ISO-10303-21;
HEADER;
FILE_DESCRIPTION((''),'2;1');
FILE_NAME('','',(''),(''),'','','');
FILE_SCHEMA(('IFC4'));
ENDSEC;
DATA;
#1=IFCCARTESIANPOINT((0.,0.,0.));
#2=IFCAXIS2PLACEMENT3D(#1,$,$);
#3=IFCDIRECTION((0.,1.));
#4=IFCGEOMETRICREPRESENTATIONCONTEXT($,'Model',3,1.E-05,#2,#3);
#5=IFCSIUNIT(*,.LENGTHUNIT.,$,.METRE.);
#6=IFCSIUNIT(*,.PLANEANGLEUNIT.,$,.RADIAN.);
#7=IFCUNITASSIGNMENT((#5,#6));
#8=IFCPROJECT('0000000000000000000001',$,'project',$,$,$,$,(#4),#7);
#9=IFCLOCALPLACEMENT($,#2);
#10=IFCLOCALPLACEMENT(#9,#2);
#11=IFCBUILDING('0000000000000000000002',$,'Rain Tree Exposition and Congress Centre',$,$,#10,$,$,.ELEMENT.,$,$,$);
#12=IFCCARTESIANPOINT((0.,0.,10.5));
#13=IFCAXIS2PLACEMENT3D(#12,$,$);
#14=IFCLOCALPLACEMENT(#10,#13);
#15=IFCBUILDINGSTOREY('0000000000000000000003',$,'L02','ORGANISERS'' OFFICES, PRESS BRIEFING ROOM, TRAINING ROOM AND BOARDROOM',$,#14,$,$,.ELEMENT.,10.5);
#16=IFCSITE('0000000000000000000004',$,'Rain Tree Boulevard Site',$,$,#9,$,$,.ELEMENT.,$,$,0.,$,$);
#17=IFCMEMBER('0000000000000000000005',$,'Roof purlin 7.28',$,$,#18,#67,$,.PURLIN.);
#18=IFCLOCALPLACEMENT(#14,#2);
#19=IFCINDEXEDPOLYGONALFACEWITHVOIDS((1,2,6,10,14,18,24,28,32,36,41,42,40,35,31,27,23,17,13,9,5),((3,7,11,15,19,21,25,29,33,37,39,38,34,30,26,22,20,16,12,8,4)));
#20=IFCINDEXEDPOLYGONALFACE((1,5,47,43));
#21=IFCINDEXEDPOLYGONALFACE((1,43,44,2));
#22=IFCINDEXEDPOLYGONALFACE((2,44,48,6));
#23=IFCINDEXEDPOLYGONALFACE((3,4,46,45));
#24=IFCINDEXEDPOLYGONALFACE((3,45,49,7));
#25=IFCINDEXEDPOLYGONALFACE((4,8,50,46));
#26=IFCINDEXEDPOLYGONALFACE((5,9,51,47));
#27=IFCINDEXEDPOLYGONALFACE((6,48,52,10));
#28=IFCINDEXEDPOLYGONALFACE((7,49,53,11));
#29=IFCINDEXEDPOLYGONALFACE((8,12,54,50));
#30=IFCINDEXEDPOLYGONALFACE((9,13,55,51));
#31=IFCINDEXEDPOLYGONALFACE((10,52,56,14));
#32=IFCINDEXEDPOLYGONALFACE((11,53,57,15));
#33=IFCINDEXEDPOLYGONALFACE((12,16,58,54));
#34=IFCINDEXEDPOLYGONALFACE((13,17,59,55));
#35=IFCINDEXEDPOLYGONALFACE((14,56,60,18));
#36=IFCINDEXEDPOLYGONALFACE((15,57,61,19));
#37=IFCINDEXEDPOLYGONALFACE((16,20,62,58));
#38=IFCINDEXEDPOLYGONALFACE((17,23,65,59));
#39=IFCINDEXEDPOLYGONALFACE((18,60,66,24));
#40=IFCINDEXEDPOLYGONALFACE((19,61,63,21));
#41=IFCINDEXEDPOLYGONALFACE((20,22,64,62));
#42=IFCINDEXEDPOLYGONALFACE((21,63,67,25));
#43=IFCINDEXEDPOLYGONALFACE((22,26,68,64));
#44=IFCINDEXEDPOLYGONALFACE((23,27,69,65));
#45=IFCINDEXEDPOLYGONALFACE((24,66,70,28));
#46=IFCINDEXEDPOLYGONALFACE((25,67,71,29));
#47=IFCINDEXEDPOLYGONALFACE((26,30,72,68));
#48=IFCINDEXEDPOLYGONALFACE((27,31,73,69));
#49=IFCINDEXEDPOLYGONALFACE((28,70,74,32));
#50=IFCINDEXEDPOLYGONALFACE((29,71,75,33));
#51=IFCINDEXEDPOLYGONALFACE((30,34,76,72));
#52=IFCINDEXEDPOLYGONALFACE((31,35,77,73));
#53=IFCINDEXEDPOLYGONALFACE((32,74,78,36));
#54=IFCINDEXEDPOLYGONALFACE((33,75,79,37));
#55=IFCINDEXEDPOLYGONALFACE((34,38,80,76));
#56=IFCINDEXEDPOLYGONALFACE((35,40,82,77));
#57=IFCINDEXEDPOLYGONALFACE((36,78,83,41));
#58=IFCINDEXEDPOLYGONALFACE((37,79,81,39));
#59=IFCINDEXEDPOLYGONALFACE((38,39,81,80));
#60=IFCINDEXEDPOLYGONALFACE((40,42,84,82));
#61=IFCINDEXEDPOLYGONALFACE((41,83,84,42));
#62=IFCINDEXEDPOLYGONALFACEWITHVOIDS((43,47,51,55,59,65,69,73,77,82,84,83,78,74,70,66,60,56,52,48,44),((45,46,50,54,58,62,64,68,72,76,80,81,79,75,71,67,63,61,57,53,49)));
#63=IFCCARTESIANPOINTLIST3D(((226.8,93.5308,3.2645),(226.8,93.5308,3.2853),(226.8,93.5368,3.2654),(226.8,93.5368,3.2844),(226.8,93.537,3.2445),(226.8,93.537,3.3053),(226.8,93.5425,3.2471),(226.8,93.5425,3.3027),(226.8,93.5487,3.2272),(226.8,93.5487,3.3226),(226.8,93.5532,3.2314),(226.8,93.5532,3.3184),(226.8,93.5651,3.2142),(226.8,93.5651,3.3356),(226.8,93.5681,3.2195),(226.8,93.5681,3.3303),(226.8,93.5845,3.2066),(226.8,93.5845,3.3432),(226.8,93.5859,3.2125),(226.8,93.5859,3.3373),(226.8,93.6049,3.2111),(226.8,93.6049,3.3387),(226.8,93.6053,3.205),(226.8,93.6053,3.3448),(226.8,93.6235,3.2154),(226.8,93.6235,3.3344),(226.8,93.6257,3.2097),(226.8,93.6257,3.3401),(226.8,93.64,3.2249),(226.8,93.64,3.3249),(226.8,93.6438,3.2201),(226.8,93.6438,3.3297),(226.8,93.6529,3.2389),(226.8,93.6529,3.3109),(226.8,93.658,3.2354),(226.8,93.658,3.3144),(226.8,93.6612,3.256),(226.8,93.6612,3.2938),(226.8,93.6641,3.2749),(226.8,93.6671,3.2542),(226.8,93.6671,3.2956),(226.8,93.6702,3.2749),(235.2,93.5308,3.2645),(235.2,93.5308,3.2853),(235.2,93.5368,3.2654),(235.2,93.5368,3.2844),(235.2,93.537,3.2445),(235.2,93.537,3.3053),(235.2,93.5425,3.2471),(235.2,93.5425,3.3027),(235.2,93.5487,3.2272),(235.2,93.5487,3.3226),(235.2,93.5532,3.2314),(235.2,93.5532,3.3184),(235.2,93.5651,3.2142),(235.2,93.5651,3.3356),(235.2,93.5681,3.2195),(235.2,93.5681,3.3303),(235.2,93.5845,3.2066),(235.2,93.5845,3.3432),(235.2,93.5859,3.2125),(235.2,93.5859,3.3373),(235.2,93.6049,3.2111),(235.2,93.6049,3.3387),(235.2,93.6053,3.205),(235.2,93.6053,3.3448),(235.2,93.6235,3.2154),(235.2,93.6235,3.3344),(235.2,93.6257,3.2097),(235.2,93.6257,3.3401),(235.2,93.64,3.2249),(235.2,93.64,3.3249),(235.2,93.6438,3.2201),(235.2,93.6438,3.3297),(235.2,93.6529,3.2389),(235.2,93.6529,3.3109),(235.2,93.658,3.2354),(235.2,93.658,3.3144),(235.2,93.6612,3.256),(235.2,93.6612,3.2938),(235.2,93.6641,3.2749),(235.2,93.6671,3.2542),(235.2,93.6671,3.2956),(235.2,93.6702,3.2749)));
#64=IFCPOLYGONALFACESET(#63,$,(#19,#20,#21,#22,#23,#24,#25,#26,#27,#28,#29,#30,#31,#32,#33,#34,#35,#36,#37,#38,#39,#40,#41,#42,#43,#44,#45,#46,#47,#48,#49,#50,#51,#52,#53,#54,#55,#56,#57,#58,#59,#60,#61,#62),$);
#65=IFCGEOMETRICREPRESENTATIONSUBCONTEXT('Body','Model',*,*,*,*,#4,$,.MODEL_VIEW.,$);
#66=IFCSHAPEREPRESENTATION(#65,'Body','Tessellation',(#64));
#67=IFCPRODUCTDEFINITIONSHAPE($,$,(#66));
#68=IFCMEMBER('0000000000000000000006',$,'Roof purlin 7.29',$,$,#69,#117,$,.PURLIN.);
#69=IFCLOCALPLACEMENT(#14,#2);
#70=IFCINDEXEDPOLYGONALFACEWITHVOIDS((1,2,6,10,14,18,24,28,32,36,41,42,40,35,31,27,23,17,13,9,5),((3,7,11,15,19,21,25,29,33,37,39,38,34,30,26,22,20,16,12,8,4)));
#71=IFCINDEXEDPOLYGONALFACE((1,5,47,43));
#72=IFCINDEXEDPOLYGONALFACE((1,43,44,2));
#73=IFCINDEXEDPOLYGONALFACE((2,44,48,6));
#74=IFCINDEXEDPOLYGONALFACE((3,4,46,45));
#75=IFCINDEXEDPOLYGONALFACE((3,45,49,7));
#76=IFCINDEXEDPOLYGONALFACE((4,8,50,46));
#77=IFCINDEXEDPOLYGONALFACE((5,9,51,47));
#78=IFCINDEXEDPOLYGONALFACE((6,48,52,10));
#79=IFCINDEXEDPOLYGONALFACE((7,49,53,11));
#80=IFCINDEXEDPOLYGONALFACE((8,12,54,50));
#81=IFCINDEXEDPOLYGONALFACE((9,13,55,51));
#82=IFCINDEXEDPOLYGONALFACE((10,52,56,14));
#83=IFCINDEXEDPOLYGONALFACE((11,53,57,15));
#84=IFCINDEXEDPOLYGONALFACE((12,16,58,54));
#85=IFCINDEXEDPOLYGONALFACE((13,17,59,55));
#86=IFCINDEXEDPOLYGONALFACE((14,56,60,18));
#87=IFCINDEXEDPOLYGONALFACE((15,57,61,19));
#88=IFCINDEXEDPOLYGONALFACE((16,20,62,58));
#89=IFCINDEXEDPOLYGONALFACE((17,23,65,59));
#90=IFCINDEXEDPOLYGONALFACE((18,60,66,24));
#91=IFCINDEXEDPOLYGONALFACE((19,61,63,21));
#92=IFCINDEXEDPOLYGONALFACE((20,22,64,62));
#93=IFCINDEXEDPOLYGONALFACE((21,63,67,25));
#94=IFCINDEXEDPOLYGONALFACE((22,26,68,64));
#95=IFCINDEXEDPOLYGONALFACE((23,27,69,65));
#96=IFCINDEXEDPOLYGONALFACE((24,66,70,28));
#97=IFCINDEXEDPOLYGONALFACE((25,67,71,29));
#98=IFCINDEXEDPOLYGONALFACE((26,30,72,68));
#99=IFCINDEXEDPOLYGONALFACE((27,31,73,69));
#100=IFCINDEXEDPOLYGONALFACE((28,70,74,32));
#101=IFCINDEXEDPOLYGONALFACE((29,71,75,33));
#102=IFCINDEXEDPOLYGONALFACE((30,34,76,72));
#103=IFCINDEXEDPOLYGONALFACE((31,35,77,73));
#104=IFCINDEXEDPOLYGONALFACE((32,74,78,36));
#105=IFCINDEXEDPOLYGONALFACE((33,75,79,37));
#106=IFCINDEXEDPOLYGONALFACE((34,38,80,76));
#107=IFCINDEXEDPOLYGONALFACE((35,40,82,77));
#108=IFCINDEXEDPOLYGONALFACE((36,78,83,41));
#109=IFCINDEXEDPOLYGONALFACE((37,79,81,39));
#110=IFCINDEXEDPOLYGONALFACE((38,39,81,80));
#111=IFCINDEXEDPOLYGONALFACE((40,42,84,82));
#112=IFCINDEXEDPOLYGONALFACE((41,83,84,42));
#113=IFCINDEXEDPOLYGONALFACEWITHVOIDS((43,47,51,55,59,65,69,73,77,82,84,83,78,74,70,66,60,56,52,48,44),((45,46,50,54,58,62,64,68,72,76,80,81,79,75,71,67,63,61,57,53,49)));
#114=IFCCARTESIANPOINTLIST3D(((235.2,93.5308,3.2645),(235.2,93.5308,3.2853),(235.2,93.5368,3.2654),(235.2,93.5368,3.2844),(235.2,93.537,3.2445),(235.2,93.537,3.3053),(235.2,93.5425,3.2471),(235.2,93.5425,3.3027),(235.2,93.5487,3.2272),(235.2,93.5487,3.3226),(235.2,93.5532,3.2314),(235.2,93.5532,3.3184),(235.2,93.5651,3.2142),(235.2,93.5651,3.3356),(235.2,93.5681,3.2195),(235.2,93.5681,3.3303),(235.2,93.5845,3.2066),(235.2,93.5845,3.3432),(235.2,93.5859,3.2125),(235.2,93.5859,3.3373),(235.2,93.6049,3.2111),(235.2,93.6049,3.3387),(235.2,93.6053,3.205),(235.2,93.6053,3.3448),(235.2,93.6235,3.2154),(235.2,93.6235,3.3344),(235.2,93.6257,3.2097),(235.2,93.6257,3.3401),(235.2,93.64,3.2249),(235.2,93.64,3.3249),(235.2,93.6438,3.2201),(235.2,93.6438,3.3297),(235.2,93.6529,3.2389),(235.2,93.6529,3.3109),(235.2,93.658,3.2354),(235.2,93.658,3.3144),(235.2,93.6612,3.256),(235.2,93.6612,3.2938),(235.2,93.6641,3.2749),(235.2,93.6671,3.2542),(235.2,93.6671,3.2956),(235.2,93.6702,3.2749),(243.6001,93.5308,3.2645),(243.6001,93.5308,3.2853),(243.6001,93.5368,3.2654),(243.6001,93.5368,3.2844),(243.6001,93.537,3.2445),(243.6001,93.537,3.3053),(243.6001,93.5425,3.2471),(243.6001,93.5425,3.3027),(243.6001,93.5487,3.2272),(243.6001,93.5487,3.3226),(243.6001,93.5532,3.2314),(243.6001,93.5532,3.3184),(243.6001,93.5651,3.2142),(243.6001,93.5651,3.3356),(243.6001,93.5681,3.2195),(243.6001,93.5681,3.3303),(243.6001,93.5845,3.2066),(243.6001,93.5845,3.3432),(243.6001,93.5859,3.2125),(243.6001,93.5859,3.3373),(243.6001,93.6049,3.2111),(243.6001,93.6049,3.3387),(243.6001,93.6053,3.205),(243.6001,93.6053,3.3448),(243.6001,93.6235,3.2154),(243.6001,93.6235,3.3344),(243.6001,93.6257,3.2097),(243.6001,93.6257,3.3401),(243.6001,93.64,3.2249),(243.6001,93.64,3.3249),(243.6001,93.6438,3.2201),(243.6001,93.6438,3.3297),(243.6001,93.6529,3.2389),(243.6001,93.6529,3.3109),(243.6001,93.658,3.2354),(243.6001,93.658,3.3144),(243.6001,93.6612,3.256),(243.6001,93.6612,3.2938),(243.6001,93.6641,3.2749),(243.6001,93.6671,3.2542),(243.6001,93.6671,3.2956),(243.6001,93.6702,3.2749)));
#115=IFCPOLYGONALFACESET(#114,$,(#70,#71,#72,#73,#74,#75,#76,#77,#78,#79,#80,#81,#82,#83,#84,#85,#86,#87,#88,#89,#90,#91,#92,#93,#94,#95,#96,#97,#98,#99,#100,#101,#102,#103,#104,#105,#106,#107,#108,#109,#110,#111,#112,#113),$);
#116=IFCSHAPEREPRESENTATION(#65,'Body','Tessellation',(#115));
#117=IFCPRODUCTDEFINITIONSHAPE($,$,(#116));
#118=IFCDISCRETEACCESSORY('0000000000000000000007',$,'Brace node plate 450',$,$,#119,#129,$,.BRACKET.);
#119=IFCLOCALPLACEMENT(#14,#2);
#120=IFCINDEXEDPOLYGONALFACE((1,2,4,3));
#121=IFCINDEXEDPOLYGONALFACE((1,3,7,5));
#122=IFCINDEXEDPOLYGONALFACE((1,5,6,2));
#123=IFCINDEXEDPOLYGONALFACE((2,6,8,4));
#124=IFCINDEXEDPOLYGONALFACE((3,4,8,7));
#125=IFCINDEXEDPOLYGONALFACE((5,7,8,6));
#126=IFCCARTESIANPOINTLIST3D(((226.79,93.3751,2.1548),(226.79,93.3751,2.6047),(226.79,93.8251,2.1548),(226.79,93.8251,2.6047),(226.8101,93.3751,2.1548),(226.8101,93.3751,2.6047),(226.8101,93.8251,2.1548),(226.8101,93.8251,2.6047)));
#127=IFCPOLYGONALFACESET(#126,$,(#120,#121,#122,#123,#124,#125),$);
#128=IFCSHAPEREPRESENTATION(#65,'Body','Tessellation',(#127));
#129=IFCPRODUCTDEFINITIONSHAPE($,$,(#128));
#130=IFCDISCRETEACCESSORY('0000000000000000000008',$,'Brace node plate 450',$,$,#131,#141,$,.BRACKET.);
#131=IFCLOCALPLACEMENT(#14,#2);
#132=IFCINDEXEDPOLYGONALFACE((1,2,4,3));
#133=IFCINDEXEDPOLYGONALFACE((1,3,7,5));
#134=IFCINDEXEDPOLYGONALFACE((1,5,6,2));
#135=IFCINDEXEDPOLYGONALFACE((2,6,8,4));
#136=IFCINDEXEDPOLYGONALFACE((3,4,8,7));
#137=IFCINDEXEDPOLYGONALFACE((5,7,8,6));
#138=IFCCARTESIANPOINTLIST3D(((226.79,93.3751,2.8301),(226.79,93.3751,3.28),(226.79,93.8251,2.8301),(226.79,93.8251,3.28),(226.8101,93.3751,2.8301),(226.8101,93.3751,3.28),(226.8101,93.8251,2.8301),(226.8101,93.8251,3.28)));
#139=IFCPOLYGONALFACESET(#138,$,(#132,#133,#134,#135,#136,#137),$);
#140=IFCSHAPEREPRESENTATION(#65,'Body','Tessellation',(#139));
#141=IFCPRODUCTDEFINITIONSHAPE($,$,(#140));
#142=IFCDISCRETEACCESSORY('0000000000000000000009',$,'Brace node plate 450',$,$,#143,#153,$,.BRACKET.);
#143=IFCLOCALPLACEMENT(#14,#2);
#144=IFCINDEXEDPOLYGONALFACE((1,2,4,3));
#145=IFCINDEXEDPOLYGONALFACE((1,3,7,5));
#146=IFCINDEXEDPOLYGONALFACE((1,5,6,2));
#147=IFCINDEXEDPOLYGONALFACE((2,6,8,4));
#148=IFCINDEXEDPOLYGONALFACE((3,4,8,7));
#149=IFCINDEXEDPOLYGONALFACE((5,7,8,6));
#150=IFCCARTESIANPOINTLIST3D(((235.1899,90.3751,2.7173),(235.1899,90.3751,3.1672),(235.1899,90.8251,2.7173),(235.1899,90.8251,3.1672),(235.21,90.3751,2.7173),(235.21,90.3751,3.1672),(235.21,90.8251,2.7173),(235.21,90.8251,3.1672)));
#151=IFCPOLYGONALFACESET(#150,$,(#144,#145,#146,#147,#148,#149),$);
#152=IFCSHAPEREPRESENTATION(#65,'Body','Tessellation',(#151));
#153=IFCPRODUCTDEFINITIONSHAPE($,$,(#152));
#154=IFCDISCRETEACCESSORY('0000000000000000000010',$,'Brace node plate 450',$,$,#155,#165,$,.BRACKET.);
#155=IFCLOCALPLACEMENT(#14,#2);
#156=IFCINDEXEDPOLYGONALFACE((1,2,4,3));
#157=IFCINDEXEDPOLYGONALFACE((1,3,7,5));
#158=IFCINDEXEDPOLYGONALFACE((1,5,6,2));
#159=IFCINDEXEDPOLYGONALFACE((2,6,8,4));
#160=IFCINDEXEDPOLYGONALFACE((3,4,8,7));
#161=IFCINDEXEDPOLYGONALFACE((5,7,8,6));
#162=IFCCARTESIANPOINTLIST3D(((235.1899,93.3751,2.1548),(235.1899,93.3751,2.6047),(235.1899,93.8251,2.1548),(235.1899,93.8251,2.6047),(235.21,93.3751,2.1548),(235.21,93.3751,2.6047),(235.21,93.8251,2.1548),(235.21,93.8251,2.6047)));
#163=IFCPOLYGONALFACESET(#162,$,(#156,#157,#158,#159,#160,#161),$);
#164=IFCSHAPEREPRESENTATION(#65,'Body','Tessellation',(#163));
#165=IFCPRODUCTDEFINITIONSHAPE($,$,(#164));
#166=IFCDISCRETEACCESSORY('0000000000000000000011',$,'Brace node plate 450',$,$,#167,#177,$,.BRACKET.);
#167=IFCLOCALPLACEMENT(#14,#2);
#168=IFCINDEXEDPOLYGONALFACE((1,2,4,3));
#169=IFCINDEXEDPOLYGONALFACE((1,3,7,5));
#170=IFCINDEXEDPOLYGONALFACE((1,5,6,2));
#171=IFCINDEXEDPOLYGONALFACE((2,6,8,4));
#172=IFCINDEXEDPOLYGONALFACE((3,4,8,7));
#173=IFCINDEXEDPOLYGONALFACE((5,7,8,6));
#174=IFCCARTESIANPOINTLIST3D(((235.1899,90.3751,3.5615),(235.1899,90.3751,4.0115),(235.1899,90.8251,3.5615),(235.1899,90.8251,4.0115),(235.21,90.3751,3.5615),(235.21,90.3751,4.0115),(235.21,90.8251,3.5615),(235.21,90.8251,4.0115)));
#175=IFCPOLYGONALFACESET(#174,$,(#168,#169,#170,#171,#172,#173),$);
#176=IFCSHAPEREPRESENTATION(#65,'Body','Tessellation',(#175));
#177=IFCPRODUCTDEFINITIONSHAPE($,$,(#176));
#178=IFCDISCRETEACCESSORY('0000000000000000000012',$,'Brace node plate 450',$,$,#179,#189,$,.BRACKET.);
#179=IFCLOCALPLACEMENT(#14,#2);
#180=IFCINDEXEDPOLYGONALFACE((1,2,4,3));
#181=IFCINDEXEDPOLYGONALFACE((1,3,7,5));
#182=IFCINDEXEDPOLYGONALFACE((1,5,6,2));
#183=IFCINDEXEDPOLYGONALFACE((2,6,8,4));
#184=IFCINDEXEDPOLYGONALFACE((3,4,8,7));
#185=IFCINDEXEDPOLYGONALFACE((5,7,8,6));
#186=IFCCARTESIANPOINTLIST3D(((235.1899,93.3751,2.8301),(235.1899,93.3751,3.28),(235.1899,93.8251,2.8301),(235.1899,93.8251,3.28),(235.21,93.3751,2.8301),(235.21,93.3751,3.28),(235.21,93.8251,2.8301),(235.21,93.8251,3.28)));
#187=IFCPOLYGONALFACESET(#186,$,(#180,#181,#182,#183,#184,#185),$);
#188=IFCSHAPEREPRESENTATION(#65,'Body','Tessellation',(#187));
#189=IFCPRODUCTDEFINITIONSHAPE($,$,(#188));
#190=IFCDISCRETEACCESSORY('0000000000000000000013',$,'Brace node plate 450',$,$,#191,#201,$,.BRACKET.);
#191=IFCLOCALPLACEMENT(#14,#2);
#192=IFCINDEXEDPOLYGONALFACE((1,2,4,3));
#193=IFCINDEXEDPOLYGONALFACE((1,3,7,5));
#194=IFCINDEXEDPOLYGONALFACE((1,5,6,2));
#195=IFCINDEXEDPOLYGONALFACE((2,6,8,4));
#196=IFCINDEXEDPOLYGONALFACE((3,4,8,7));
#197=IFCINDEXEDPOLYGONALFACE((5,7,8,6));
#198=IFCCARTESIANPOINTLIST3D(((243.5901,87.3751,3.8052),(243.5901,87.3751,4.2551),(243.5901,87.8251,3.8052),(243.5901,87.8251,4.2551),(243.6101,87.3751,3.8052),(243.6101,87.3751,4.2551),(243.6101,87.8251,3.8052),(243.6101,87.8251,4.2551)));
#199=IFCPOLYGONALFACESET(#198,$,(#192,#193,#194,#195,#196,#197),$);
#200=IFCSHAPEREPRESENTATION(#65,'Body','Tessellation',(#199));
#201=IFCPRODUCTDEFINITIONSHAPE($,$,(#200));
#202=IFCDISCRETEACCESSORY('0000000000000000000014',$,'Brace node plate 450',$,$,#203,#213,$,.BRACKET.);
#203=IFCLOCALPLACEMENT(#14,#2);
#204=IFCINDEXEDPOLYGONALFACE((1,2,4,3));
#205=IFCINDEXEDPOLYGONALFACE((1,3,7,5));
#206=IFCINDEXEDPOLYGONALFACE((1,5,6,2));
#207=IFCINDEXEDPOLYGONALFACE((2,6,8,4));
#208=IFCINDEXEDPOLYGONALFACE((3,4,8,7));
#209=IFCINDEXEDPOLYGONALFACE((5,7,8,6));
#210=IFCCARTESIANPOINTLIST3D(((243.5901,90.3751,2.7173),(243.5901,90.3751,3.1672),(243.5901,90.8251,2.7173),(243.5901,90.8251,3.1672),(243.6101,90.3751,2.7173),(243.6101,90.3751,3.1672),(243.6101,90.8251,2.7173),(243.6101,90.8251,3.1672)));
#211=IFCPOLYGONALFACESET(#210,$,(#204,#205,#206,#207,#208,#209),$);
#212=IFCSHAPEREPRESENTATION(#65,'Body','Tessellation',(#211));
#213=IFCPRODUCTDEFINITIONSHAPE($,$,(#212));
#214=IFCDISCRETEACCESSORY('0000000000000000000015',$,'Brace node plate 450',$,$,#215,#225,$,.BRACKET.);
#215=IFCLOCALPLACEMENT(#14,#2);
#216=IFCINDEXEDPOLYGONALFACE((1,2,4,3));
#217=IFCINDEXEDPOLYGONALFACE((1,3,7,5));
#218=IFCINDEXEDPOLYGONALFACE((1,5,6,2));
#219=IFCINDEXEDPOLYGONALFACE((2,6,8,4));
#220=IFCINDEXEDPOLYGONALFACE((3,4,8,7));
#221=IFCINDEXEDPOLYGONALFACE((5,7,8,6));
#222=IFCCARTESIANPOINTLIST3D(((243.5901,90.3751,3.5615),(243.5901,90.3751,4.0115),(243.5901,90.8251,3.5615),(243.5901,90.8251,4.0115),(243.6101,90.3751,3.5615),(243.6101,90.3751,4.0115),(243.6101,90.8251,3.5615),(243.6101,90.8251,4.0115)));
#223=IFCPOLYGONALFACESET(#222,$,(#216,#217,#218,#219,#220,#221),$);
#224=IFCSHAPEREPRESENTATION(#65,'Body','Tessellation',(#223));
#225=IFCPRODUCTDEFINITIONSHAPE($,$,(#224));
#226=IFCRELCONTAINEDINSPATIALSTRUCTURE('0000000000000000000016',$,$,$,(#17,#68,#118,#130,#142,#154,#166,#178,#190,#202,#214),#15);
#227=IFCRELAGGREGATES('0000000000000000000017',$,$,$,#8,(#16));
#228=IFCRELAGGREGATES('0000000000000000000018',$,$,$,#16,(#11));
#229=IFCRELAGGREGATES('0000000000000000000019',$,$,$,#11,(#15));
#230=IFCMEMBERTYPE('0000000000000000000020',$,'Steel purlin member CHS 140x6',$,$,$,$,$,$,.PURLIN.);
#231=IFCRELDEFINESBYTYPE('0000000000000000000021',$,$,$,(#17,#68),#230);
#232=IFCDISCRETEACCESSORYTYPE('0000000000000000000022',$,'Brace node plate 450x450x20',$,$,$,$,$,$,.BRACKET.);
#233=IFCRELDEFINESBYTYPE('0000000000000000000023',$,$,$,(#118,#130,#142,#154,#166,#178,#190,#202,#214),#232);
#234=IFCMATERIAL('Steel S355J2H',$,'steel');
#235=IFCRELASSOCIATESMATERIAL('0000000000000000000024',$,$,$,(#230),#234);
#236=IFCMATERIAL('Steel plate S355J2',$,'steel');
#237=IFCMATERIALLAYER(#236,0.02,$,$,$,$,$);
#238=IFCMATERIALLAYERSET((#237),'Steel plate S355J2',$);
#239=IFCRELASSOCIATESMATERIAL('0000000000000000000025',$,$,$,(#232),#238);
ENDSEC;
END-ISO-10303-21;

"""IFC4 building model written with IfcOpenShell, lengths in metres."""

from ifc_helpers import new_model, si_unit, direction, frame, origin, origin_2d, place, context, subcontext, project, spatial, rectangle, hollow_circle, extrude, material, layer, layer_set, material_profile, profile_set, type_object, element, save


model = new_model("IFC4")

# Units and contexts
model_context = context("Model", 3, precision=1e-05, world=origin(), true_north=direction((0.0, 1.0)))
body_context = subcontext(model_context, "Body", "Model", "MODEL_VIEW")
ifc_project = project(units=[si_unit("LENGTHUNIT", "METRE"), si_unit("PLANEANGLEUNIT", "RADIAN")], contexts=[model_context])

# Site, building, storey
site_placement = place(None, origin())
site = spatial("IfcSite", under=ifc_project, at=site_placement, Name="Rain Tree Boulevard Site", CompositionType="ELEMENT", RefElevation=0.0)
building_placement = place(site_placement, origin())
building = spatial("IfcBuilding", under=site, at=building_placement, Name="Rain Tree Exposition and Congress Centre", CompositionType="ELEMENT")
storey_placement = place(building_placement, frame((0.0, 0.0, 10.5)))
storey = spatial("IfcBuildingStorey", under=building, at=storey_placement, Name="L02", Description="ORGANISERS' OFFICES, PRESS BRIEFING ROOM, TRAINING ROOM AND BOARDROOM", CompositionType="ELEMENT", Elevation=10.5)

# Members
ifc_material_1 = material(Name="Steel S355J2H", Category="steel")
ifc_material_profile_1 = material_profile(ifc_material_1, hollow_circle(Radius=0.0701, WallThickness=0.0061, at=origin_2d()), Name="CHS 140x6")
ifc_profile_set_1 = profile_set([ifc_material_profile_1], Name="Steel S355J2H")
member_type_1 = type_object("IfcMemberType", Name="Steel purlin member CHS 140x6", PredefinedType="PURLIN", material=ifc_profile_set_1)
for number, where, z_axis, x_axis, name in (
    (1, (226.8, 93.6001, 3.2749), (1.0, 0.0, 0.0), (0.0, 1.0, 0.0), "Roof purlin 7.28"),
):
    element("IfcMember", number, at=place(storey_placement, frame(where, z_axis=z_axis, x_axis=x_axis)), inside=storey, type_object=member_type_1, Name=name, PredefinedType="PURLIN", context=body_context, shape_type="SweptSolid", body=[
        extrude(hollow_circle(Radius=0.0701, WallThickness=0.0061, at=origin_2d()), origin(), (0.0, 0.0, 1.0), 8.3999),
    ])
member_1_placement = place(storey_placement, frame((235.2, 93.6001, 3.2749), z_axis=(1.0, 0.0, 0.0), x_axis=(0.0, 1.0, 0.0)))
element("IfcMember", 2, at=member_1_placement, inside=storey, type_object=member_type_1, Name="Roof purlin 7.29", PredefinedType="PURLIN", context=body_context, shape_type="SweptSolid", body=[
    extrude(hollow_circle(Radius=0.0701, WallThickness=0.0061, at=origin_2d()), origin(), (0.0, 0.0, 1.0), 8.4001),
])

# Discrete accessories
ifc_material_2 = material(Name="Steel plate S355J2", Category="steel")
ifc_layer = layer(ifc_material_2, 0.02)
ifc_layer_set = layer_set([ifc_layer], Name="Steel plate S355J2")
discrete_accessory_type = type_object("IfcDiscreteAccessoryType", Name="Brace node plate 450x450x20", PredefinedType="BRACKET", material=ifc_layer_set)
for number, where, z_axis, x_axis, name in (
    (3, (226.8, 93.6001, 2.1548), (0.0, 0.0, 1.0), (0.0, -1.0, 0.0), "Brace node plate 450"),
    (4, (226.8, 93.6001, 2.8301), (0.0, 0.0, 1.0), (0.0, 1.0, 0.0), "Brace node plate 450"),
    (5, (235.2, 90.6001, 2.7173), (0.0, 0.0, 1.0), (0.0, -1.0, 0.0), "Brace node plate 450"),
    (6, (235.2, 93.6001, 2.1548), (0.0, 0.0, 1.0), (0.0, -1.0, 0.0), "Brace node plate 450"),
    (7, (235.2, 90.6001, 3.5615), (0.0, 0.0, 1.0), (0.0, 1.0, 0.0), "Brace node plate 450"),
    (8, (235.2, 93.6001, 2.8301), (0.0, 0.0, 1.0), (0.0, 1.0, 0.0), "Brace node plate 450"),
    (9, (243.6001, 87.6001, 3.8052), (0.0, 0.0, 1.0), (0.0, 1.0, 0.0), "Brace node plate 450"),
    (10, (243.6001, 90.6001, 2.7173), (0.0, 0.0, 1.0), (0.0, -1.0, 0.0), "Brace node plate 450"),
    (11, (243.6001, 90.6001, 3.5615), (0.0, 0.0, 1.0), (0.0, 1.0, 0.0), "Brace node plate 450"),
):
    element("IfcDiscreteAccessory", number, at=place(storey_placement, frame(where, z_axis=z_axis, x_axis=x_axis)), inside=storey, type_object=discrete_accessory_type, Name=name, PredefinedType="BRACKET", context=body_context, shape_type="SweptSolid", body=[
        extrude(rectangle(XDim=0.45, YDim=0.02, at=origin_2d()), origin(), (0.0, 0.0, 1.0), 0.45),
    ])

save(model, "model.ifc")
